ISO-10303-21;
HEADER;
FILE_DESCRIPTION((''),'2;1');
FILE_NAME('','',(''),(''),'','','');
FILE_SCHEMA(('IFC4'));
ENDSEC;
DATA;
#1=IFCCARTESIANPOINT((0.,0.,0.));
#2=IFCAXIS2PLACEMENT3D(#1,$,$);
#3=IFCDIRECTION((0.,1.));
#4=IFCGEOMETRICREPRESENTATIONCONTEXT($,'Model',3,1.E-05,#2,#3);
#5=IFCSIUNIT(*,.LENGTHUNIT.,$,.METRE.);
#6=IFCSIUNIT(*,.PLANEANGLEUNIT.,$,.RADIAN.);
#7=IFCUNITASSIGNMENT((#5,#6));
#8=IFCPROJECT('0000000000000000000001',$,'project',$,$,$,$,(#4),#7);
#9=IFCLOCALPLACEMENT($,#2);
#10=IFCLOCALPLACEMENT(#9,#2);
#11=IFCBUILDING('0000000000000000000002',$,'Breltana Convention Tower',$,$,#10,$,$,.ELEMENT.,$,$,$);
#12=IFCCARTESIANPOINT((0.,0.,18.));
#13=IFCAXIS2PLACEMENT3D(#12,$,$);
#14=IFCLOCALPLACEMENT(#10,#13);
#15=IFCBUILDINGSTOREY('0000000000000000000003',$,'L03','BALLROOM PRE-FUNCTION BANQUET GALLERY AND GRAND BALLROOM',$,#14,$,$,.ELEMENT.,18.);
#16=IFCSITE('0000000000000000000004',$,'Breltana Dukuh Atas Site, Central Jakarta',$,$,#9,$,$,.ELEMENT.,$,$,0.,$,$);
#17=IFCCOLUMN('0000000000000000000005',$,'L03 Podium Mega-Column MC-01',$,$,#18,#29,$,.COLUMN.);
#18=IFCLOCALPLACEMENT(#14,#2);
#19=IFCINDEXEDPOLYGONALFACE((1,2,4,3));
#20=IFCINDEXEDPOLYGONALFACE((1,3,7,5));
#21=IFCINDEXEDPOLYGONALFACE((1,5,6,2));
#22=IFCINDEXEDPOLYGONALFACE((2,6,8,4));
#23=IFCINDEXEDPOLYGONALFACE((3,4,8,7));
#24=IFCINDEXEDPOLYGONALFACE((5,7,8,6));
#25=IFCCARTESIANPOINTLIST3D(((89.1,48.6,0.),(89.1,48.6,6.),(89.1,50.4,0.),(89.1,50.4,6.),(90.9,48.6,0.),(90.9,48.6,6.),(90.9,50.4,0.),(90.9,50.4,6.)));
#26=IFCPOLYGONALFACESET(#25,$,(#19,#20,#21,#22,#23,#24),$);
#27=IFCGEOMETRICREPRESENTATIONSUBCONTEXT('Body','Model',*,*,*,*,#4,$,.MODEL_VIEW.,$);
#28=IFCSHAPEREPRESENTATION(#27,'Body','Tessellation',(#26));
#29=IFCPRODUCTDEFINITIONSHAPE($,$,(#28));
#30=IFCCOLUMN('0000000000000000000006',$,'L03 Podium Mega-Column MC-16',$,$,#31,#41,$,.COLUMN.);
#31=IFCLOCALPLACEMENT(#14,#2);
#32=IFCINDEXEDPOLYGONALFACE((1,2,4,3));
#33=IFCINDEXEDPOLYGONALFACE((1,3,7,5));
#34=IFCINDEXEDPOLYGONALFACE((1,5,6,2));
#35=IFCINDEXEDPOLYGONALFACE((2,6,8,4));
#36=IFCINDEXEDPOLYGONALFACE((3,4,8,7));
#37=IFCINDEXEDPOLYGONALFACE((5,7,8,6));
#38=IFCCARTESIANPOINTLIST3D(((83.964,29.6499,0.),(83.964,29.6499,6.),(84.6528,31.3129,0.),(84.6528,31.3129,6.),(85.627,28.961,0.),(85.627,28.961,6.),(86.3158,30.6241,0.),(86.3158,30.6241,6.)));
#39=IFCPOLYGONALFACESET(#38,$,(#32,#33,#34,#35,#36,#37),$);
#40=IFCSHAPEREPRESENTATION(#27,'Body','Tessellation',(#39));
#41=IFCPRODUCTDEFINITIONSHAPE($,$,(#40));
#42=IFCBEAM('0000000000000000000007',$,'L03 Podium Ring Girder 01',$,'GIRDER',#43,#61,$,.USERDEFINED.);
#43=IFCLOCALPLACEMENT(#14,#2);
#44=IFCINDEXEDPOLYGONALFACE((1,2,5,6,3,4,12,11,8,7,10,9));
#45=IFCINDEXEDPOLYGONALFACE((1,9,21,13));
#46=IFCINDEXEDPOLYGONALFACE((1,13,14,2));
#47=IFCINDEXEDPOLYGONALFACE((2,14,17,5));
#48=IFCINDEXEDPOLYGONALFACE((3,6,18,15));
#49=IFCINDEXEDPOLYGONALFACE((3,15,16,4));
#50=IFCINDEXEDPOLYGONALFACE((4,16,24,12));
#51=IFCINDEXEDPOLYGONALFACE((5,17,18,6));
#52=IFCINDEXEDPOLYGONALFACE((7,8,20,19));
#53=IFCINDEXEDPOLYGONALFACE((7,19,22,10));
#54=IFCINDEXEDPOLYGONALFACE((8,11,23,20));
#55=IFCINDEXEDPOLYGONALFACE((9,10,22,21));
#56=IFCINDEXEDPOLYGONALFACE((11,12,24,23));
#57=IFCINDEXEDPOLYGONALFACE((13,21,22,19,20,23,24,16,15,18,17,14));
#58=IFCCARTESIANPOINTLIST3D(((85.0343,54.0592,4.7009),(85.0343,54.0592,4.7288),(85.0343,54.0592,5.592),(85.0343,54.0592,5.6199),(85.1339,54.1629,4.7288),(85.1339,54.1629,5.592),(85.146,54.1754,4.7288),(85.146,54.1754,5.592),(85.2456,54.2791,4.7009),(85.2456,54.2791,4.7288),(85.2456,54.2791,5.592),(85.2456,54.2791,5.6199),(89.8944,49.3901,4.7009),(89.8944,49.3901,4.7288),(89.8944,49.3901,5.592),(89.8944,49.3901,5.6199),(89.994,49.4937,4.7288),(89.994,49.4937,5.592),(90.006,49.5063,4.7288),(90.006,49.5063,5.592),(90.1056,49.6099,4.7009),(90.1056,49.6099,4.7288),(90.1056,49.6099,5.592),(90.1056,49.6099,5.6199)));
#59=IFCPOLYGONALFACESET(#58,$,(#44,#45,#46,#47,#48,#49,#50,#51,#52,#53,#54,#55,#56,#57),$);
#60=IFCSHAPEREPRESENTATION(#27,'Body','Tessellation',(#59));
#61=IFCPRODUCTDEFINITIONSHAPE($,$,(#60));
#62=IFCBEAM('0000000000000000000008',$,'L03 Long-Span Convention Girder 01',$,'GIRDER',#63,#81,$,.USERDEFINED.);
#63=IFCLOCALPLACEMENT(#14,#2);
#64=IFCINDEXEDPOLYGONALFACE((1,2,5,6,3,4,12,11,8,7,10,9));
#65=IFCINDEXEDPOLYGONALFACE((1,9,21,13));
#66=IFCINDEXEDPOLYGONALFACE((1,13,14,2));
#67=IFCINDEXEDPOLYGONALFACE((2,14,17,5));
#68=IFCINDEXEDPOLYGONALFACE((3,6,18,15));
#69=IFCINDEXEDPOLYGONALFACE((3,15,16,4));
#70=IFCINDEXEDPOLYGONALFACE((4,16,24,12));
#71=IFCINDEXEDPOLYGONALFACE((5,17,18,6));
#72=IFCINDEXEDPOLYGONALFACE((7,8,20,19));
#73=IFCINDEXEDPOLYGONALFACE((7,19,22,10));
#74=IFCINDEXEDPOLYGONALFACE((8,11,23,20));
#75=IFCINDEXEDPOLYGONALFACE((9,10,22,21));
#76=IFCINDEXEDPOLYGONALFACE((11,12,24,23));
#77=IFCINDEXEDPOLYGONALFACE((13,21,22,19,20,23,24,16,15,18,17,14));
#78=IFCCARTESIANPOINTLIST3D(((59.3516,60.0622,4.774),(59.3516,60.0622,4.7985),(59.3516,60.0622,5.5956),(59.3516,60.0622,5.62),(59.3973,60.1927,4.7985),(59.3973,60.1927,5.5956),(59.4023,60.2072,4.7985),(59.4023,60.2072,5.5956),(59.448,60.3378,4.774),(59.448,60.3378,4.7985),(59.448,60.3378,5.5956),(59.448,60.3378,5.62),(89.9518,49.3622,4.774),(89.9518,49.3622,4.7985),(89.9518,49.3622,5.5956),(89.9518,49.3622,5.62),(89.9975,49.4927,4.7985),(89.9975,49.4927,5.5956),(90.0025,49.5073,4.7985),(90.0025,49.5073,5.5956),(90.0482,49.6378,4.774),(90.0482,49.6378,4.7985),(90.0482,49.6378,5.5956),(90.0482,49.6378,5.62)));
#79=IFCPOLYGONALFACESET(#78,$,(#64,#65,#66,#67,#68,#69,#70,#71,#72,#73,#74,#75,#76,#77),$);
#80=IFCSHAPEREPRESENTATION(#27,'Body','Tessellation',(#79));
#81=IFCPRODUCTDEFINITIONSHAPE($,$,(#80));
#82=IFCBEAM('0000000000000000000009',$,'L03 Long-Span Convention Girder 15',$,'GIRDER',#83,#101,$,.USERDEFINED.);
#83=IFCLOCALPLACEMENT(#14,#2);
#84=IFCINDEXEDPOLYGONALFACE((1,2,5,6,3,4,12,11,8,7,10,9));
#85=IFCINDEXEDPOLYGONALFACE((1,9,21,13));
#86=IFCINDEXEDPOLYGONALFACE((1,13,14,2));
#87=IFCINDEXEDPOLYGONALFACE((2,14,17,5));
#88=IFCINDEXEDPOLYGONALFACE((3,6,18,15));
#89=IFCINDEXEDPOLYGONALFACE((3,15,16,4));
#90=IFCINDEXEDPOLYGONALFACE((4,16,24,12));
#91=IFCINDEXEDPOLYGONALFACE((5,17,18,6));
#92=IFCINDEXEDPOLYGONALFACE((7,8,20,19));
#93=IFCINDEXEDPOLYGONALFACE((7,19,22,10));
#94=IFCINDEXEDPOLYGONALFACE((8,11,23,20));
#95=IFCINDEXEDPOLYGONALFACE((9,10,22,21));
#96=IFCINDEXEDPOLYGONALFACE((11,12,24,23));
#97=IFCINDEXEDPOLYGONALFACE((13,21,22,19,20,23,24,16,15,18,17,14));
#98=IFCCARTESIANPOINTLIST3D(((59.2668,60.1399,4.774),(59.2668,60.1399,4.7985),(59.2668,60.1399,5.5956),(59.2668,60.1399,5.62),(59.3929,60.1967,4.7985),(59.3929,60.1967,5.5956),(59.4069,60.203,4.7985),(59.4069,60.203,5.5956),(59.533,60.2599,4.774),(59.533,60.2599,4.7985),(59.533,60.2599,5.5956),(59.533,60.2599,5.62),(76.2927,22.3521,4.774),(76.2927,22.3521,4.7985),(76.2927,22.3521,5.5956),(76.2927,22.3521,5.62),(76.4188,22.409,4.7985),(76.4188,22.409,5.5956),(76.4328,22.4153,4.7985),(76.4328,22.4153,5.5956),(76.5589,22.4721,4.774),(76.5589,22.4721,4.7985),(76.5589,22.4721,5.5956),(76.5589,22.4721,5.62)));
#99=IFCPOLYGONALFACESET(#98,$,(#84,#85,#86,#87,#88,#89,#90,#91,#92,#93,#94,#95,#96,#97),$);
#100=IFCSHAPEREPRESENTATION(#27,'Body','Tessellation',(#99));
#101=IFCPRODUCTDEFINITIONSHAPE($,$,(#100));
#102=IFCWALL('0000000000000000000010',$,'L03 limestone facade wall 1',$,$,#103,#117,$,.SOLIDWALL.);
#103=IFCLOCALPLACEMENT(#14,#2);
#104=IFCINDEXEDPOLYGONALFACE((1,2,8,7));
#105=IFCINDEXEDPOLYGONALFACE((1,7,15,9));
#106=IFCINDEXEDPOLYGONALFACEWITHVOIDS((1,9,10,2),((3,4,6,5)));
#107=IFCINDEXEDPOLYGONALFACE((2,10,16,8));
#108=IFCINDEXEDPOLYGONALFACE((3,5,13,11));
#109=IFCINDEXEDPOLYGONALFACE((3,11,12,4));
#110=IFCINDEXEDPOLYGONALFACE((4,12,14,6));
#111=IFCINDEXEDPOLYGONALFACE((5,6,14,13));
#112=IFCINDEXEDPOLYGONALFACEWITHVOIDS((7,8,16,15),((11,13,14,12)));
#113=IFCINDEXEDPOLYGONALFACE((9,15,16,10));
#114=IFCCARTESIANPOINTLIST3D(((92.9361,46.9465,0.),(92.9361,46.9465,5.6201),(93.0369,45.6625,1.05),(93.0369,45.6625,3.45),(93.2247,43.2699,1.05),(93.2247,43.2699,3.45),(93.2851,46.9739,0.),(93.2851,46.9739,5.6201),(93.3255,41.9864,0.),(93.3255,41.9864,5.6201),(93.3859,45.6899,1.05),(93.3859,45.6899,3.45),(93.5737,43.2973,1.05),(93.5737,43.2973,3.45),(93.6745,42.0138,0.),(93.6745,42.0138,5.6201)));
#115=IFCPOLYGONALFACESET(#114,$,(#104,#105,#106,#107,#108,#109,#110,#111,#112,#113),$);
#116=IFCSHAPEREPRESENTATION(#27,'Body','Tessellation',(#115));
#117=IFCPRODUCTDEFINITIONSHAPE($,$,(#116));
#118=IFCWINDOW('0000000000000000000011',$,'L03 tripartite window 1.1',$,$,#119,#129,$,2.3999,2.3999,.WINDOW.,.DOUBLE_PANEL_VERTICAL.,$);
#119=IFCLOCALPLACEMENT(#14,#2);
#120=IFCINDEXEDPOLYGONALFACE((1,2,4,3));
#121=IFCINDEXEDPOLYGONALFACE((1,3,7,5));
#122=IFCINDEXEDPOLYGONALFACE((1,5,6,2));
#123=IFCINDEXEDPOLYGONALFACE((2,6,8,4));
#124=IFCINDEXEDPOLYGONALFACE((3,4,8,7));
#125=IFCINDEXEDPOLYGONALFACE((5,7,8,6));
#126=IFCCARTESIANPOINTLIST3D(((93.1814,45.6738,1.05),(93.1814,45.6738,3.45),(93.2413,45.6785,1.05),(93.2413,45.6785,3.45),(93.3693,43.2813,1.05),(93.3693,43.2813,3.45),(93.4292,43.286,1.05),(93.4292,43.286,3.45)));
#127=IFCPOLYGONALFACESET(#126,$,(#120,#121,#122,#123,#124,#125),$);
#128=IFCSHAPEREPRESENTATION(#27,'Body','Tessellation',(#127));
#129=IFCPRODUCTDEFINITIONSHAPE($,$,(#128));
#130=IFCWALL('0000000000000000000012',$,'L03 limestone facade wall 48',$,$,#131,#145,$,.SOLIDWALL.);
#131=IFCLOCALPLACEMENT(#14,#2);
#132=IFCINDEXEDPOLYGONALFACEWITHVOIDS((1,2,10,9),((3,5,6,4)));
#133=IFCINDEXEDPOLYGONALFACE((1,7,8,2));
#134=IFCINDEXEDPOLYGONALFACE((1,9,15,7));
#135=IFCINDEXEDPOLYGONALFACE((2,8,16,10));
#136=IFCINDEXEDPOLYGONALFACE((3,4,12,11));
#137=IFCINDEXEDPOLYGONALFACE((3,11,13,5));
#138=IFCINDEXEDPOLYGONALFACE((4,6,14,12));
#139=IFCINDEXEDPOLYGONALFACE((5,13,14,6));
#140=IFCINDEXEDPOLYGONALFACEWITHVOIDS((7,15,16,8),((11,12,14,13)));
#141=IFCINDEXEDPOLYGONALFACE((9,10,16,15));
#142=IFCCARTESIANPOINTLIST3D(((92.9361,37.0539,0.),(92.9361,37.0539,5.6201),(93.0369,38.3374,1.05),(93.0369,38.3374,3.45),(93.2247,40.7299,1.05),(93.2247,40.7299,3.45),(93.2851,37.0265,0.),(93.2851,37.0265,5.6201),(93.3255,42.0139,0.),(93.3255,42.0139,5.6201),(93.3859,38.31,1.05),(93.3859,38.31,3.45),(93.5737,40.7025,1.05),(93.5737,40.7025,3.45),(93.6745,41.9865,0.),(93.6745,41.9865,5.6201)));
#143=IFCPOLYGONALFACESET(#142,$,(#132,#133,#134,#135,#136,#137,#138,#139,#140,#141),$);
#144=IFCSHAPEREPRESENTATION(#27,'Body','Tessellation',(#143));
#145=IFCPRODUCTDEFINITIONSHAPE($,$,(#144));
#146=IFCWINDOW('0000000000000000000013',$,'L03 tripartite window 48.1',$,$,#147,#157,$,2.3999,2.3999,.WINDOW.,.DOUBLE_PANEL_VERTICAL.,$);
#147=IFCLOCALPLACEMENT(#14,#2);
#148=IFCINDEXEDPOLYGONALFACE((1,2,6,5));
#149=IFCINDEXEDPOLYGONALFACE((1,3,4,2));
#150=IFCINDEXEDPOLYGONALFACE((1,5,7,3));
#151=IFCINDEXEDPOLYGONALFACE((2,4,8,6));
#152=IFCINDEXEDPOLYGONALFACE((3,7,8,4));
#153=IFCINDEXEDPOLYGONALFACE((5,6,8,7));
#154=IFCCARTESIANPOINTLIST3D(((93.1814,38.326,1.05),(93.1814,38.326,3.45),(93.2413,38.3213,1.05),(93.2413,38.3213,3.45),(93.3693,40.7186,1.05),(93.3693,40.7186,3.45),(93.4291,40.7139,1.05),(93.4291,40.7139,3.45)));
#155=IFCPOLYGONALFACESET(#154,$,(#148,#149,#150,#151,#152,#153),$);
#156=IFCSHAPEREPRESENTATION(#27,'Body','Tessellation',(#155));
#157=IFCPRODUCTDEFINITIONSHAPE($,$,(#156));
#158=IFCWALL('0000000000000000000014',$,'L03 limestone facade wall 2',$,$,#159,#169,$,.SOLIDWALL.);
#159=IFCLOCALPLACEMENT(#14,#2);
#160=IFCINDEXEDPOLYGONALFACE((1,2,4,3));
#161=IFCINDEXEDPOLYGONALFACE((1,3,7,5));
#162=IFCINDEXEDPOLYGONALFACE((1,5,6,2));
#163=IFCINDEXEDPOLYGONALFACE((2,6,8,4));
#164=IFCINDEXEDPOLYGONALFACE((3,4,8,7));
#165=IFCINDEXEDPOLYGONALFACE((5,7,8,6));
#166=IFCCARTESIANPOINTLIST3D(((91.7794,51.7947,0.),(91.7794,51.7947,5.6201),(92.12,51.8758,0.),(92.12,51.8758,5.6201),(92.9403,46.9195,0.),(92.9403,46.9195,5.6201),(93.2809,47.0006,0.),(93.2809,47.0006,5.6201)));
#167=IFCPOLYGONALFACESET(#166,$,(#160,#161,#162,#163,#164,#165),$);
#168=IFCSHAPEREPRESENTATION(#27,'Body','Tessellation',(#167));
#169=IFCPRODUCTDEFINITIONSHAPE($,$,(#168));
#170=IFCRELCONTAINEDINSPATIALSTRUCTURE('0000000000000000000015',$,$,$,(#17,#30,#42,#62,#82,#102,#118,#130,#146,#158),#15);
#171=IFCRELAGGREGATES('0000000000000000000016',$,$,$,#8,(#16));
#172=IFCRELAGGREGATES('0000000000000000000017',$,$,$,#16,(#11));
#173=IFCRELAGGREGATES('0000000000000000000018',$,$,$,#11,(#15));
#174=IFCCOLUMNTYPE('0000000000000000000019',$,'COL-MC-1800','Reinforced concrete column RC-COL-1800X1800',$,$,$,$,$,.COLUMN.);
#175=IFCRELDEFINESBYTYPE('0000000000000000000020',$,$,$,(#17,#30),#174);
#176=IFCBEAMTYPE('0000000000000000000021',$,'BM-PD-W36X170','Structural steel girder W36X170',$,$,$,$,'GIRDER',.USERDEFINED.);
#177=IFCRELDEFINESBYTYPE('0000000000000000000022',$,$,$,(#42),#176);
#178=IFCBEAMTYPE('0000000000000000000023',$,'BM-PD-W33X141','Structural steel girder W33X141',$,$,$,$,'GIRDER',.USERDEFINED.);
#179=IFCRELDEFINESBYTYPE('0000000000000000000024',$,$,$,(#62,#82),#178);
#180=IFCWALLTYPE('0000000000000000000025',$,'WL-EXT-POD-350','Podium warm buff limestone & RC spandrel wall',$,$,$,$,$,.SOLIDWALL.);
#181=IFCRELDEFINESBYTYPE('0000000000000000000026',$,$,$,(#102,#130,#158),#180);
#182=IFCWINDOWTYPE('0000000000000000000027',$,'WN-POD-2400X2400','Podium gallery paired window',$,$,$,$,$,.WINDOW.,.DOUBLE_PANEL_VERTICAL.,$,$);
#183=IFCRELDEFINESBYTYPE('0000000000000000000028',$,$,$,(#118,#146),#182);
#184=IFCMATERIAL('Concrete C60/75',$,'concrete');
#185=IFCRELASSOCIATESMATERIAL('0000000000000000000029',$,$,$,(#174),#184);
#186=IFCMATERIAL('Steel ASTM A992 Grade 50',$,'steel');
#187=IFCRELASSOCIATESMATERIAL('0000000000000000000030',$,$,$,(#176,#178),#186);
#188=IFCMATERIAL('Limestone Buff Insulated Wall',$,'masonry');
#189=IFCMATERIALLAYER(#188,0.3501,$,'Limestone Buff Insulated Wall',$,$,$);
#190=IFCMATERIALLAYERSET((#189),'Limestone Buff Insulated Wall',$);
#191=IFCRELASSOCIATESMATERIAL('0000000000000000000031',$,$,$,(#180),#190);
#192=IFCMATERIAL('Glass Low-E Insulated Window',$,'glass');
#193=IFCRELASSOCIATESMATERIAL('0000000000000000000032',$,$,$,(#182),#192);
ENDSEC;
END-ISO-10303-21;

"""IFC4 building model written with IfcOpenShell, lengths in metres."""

from ifc_helpers import new_model, si_unit, direction, frame, frame_2d, origin, origin_2d, place, context, subcontext, project, spatial, rectangle, i_section, extrude, source, transform, mapped, material, layer, layer_set, material_profile, profile_set, type_object, type_shapes, element, fill, save


model = new_model("IFC4")

# Units and contexts
model_context = context("Model", 3, precision=1e-05, world=origin(), true_north=direction((0.0, 1.0)))
body_context = subcontext(model_context, "Body", "Model", "MODEL_VIEW")
ifc_project = project(units=[si_unit("LENGTHUNIT", "METRE"), si_unit("PLANEANGLEUNIT", "RADIAN")], contexts=[model_context])

# Site, building, storey
site_placement = place(None, origin())
site = spatial("IfcSite", under=ifc_project, at=site_placement, Name="Breltana Dukuh Atas Site, Central Jakarta", CompositionType="ELEMENT", RefElevation=0.0)
building_placement = place(site_placement, origin())
building = spatial("IfcBuilding", under=site, at=building_placement, Name="Breltana Convention Tower", CompositionType="ELEMENT")
storey_placement = place(building_placement, frame((0.0, 0.0, 18.0)))
storey = spatial("IfcBuildingStorey", under=building, at=storey_placement, Name="L03", Description="BALLROOM PRE-FUNCTION BANQUET GALLERY AND GRAND BALLROOM", CompositionType="ELEMENT", Elevation=18.0)

# Columns
ifc_material_1 = material(Name="Concrete C60/75", Category="concrete")
ifc_material_profile_1 = material_profile(ifc_material_1, rectangle(XDim=1.8, YDim=1.8, at=origin_2d()), Name="RC-COL-1800X1800")
ifc_profile_set_1 = profile_set([ifc_material_profile_1], Name="Concrete C60/75")
column_type = type_object("IfcColumnType", Name="COL-MC-1800", Description="Reinforced concrete column RC-COL-1800X1800", PredefinedType="COLUMN", material=ifc_profile_set_1)
shared_shape_1 = source(origin(), body_context, "Body", "SweptSolid", [
    extrude(rectangle(XDim=1.8, YDim=1.8, at=origin_2d()), origin(), (0.0, 0.0, 1.0), 6.0),
])
type_shapes(column_type, [shared_shape_1])
for number, where, z_axis, x_axis, name in (
    (1, (90.0, 49.5, 0.0), (0.0, 0.0, 1.0), (1.0, 0.0, 0.0), "L03 Podium Mega-Column MC-01"),
    (2, (85.1399, 30.137, 0.0), (0.0, 0.0, 1.0), (0.92388, -0.382683, 0.0), "L03 Podium Mega-Column MC-16"),
):
    element("IfcColumn", number, at=place(storey_placement, frame(where, z_axis=z_axis, x_axis=x_axis)), inside=storey, type_object=column_type, Name=name, PredefinedType="COLUMN", context=body_context, shape_type="MappedRepresentation", body=[
        mapped(shared_shape_1, transform((0.0, 0.0, 0.0), scale=1.0)),
    ])

# Beams
ifc_material_2 = material(Name="Steel ASTM A992 Grade 50", Category="steel")
ifc_material_profile_2 = material_profile(ifc_material_2, i_section(OverallWidth=0.3049, OverallDepth=0.9189, WebThickness=0.0173, FlangeThickness=0.0278, at=origin_2d()), Name="W36X170")
ifc_profile_set_2 = profile_set([ifc_material_profile_2], Name="Steel ASTM A992 Grade 50")
beam_type_1 = type_object("IfcBeamType", Name="BM-PD-W36X170", Description="Structural steel girder W36X170", ElementType="GIRDER", PredefinedType="USERDEFINED", material=ifc_profile_set_2)
shared_shape_2 = source(origin(), body_context, "Body", "SweptSolid", [
    extrude(i_section(OverallWidth=0.3049, OverallDepth=0.9189, WebThickness=0.0173, FlangeThickness=0.0278, at=origin_2d()), origin(), (0.0, 0.0, 1.0), 6.7395),
])
type_shapes(beam_type_1, [shared_shape_2])
beam_1_placement = place(storey_placement, frame((90.0, 49.5, 5.1604), z_axis=(-0.721129, 0.692801, 0.0), x_axis=(-0.692801, -0.721129, 0.0)))
element("IfcBeam", 3, at=beam_1_placement, inside=storey, type_object=beam_type_1, Name="L03 Podium Ring Girder 01", ObjectType="GIRDER", PredefinedType="USERDEFINED", context=body_context, shape_type="MappedRepresentation", body=[
    mapped(shared_shape_2, transform((0.0, 0.0, 0.0), scale=1.0)),
])
ifc_material_profile_3 = material_profile(ifc_material_2, i_section(OverallWidth=0.292, OverallDepth=0.8459, WebThickness=0.0154, FlangeThickness=0.0244, at=origin_2d()), Name="W33X141")
ifc_profile_set_3 = profile_set([ifc_material_profile_3], Name="Steel ASTM A992 Grade 50")
beam_type_2 = type_object("IfcBeamType", Name="BM-PD-W33X141", Description="Structural steel girder W33X141", ElementType="GIRDER", PredefinedType="USERDEFINED", material=ifc_profile_set_3)
shared_shape_3 = source(origin(), body_context, "Body", "SweptSolid", [
    extrude(i_section(OverallWidth=0.292, OverallDepth=0.8459, WebThickness=0.0154, FlangeThickness=0.0244, at=origin_2d()), origin(), (0.0, 0.0, 1.0), 32.417),
])
type_shapes(beam_type_2, [shared_shape_3])
beam_2_placement = place(storey_placement, frame((90.0, 49.5, 5.197), z_axis=(-0.943955, 0.330073, 0.0), x_axis=(-0.330073, -0.943955, 0.0)))
element("IfcBeam", 4, at=beam_2_placement, inside=storey, type_object=beam_type_2, Name="L03 Long-Span Convention Girder 01", ObjectType="GIRDER", PredefinedType="USERDEFINED", context=body_context, shape_type="MappedRepresentation", body=[
    mapped(shared_shape_3, transform((0.0, 0.0, 0.0), scale=1.0)),
])
shared_shape_4 = source(origin(), body_context, "Body", "SweptSolid", [
    extrude(i_section(OverallWidth=0.292, OverallDepth=0.8459, WebThickness=0.0154, FlangeThickness=0.0244, at=origin_2d()), origin(), (0.0, 0.0, 1.0), 41.4463),
])
beam_3_placement = place(storey_placement, frame((76.4258, 22.4121, 5.197), z_axis=(-0.410793, 0.911729, 0.0), x_axis=(-0.911729, -0.410793, 0.0)))
element("IfcBeam", 5, at=beam_3_placement, inside=storey, type_object=beam_type_2, Name="L03 Long-Span Convention Girder 15", ObjectType="GIRDER", PredefinedType="USERDEFINED", context=body_context, shape_type="MappedRepresentation", body=[
    mapped(shared_shape_4, transform((0.0, 0.0, 0.0), scale=1.0)),
])

# Walls, openings, windows
ifc_material_3 = material(Name="Limestone Buff Insulated Wall", Category="masonry")
ifc_layer_1 = layer(ifc_material_3, 0.3501, Name="Limestone Buff Insulated Wall")
ifc_layer_set_1 = layer_set([ifc_layer_1], Name="Limestone Buff Insulated Wall")
wall_type_1 = type_object("IfcWallType", Name="WL-EXT-POD-350", Description="Podium warm buff limestone & RC spandrel wall", PredefinedType="SOLIDWALL", material=ifc_layer_set_1)
shared_shape_5 = source(origin(), body_context, "Body", "SweptSolid", [
    extrude(rectangle(XDim=4.9753, YDim=0.3501, at=frame_2d((2.4878, 0.0))), origin(), (0.0, 0.0, 1.0), 5.6201),
])
wall_1_placement = place(storey_placement, frame((93.5, 42.0, 0.0), z_axis=(0.0, 0.0, 1.0), x_axis=(-0.078269, 0.996932, 0.0)))
wall_1 = element("IfcWall", 6, at=wall_1_placement, inside=storey, type_object=wall_type_1, Name="L03 limestone facade wall 1", PredefinedType="SOLIDWALL", context=body_context, shape_type="MappedRepresentation", body=[
    mapped(shared_shape_5, transform((0.0, 0.0, 0.0), scale=1.0)),
])
opening_1_placement = place(wall_1_placement, frame((1.2876, 0.0, 1.05)))
opening_1 = element("IfcOpeningElement", 7, at=opening_1_placement, cuts=wall_1, PredefinedType="OPENING", context=body_context, shape_type="SweptSolid", body=[
    extrude(rectangle(XDim=2.3999, YDim=2.3999, at=frame_2d((1.2, 1.2))), frame((0.0, 0.1851, 0.0), z_axis=(0.0, -1.0, 0.0), x_axis=(1.0, 0.0, 0.0)), (0.0, 0.0, 1.0), 0.3701),
])
ifc_material_4 = material(Name="Glass Low-E Insulated Window", Category="glass")
window_type = type_object("IfcWindowType", Name="WN-POD-2400X2400", Description="Podium gallery paired window", PartitioningType="DOUBLE_PANEL_VERTICAL", PredefinedType="WINDOW", material=ifc_material_4)
shared_shape_6 = source(origin(), body_context, "Body", "SweptSolid", [
    extrude(rectangle(XDim=2.3999, YDim=2.3999, at=frame_2d((1.2, 1.2))), frame((0.0, 0.03, 0.0), z_axis=(0.0, -1.0, 0.0), x_axis=(1.0, 0.0, 0.0)), (0.0, 0.0, 1.0), 0.0601),
])
type_shapes(window_type, [shared_shape_6])
window_1_placement = place(opening_1_placement, origin())
window_1 = element("IfcWindow", 8, at=window_1_placement, inside=storey, type_object=window_type, Name="L03 tripartite window 1.1", OverallHeight=2.3999, OverallWidth=2.3999, PartitioningType="DOUBLE_PANEL_VERTICAL", PredefinedType="WINDOW", context=body_context, shape_type="MappedRepresentation", body=[
    mapped(shared_shape_6, transform((0.0, 0.0, 0.0), scale=1.0)),
])
fill(opening_1, window_1)
wall_2_placement = place(storey_placement, frame((93.1106, 37.04, 0.0), z_axis=(0.0, 0.0, 1.0), x_axis=(0.078269, 0.996932, 0.0)))
wall_2 = element("IfcWall", 9, at=wall_2_placement, inside=storey, type_object=wall_type_1, Name="L03 limestone facade wall 48", PredefinedType="SOLIDWALL", context=body_context, shape_type="MappedRepresentation", body=[
    mapped(shared_shape_5, transform((0.0, 0.0, 0.0), scale=1.0)),
])
opening_2_placement = place(wall_2_placement, frame((1.2876, 0.0, 1.05)))
opening_2 = element("IfcOpeningElement", 10, at=opening_2_placement, cuts=wall_2, PredefinedType="OPENING", context=body_context, shape_type="SweptSolid", body=[
    extrude(rectangle(XDim=2.3999, YDim=2.3999, at=frame_2d((1.2, 1.2))), frame((0.0, 0.1851, 0.0), z_axis=(0.0, -1.0, 0.0), x_axis=(1.0, 0.0, 0.0)), (0.0, 0.0, 1.0), 0.3701),
])
window_2_placement = place(opening_2_placement, origin())
window_2 = element("IfcWindow", 11, at=window_2_placement, inside=storey, type_object=window_type, Name="L03 tripartite window 48.1", OverallHeight=2.3999, OverallWidth=2.3999, PartitioningType="DOUBLE_PANEL_VERTICAL", PredefinedType="WINDOW", context=body_context, shape_type="MappedRepresentation", body=[
    mapped(shared_shape_6, transform((0.0, 0.0, 0.0), scale=1.0)),
])
fill(opening_2, window_2)

# Wall
shared_shape_7 = source(origin(), body_context, "Body", "SweptSolid", [
    extrude(rectangle(XDim=5.0115, YDim=0.3501, at=frame_2d((2.5059, 0.0))), origin(), (0.0, 0.0, 1.0), 5.6201),
])
wall_3_placement = place(storey_placement, frame((93.1106, 46.96, 0.0), z_axis=(0.0, 0.0, 1.0), x_axis=(-0.231642, 0.972801, 0.0)))
element("IfcWall", 12, at=wall_3_placement, inside=storey, type_object=wall_type_1, Name="L03 limestone facade wall 2", PredefinedType="SOLIDWALL", context=body_context, shape_type="MappedRepresentation", body=[
    mapped(shared_shape_7, transform((0.0, 0.0, 0.0), scale=1.0)),
])

save(model, "model.ifc")
